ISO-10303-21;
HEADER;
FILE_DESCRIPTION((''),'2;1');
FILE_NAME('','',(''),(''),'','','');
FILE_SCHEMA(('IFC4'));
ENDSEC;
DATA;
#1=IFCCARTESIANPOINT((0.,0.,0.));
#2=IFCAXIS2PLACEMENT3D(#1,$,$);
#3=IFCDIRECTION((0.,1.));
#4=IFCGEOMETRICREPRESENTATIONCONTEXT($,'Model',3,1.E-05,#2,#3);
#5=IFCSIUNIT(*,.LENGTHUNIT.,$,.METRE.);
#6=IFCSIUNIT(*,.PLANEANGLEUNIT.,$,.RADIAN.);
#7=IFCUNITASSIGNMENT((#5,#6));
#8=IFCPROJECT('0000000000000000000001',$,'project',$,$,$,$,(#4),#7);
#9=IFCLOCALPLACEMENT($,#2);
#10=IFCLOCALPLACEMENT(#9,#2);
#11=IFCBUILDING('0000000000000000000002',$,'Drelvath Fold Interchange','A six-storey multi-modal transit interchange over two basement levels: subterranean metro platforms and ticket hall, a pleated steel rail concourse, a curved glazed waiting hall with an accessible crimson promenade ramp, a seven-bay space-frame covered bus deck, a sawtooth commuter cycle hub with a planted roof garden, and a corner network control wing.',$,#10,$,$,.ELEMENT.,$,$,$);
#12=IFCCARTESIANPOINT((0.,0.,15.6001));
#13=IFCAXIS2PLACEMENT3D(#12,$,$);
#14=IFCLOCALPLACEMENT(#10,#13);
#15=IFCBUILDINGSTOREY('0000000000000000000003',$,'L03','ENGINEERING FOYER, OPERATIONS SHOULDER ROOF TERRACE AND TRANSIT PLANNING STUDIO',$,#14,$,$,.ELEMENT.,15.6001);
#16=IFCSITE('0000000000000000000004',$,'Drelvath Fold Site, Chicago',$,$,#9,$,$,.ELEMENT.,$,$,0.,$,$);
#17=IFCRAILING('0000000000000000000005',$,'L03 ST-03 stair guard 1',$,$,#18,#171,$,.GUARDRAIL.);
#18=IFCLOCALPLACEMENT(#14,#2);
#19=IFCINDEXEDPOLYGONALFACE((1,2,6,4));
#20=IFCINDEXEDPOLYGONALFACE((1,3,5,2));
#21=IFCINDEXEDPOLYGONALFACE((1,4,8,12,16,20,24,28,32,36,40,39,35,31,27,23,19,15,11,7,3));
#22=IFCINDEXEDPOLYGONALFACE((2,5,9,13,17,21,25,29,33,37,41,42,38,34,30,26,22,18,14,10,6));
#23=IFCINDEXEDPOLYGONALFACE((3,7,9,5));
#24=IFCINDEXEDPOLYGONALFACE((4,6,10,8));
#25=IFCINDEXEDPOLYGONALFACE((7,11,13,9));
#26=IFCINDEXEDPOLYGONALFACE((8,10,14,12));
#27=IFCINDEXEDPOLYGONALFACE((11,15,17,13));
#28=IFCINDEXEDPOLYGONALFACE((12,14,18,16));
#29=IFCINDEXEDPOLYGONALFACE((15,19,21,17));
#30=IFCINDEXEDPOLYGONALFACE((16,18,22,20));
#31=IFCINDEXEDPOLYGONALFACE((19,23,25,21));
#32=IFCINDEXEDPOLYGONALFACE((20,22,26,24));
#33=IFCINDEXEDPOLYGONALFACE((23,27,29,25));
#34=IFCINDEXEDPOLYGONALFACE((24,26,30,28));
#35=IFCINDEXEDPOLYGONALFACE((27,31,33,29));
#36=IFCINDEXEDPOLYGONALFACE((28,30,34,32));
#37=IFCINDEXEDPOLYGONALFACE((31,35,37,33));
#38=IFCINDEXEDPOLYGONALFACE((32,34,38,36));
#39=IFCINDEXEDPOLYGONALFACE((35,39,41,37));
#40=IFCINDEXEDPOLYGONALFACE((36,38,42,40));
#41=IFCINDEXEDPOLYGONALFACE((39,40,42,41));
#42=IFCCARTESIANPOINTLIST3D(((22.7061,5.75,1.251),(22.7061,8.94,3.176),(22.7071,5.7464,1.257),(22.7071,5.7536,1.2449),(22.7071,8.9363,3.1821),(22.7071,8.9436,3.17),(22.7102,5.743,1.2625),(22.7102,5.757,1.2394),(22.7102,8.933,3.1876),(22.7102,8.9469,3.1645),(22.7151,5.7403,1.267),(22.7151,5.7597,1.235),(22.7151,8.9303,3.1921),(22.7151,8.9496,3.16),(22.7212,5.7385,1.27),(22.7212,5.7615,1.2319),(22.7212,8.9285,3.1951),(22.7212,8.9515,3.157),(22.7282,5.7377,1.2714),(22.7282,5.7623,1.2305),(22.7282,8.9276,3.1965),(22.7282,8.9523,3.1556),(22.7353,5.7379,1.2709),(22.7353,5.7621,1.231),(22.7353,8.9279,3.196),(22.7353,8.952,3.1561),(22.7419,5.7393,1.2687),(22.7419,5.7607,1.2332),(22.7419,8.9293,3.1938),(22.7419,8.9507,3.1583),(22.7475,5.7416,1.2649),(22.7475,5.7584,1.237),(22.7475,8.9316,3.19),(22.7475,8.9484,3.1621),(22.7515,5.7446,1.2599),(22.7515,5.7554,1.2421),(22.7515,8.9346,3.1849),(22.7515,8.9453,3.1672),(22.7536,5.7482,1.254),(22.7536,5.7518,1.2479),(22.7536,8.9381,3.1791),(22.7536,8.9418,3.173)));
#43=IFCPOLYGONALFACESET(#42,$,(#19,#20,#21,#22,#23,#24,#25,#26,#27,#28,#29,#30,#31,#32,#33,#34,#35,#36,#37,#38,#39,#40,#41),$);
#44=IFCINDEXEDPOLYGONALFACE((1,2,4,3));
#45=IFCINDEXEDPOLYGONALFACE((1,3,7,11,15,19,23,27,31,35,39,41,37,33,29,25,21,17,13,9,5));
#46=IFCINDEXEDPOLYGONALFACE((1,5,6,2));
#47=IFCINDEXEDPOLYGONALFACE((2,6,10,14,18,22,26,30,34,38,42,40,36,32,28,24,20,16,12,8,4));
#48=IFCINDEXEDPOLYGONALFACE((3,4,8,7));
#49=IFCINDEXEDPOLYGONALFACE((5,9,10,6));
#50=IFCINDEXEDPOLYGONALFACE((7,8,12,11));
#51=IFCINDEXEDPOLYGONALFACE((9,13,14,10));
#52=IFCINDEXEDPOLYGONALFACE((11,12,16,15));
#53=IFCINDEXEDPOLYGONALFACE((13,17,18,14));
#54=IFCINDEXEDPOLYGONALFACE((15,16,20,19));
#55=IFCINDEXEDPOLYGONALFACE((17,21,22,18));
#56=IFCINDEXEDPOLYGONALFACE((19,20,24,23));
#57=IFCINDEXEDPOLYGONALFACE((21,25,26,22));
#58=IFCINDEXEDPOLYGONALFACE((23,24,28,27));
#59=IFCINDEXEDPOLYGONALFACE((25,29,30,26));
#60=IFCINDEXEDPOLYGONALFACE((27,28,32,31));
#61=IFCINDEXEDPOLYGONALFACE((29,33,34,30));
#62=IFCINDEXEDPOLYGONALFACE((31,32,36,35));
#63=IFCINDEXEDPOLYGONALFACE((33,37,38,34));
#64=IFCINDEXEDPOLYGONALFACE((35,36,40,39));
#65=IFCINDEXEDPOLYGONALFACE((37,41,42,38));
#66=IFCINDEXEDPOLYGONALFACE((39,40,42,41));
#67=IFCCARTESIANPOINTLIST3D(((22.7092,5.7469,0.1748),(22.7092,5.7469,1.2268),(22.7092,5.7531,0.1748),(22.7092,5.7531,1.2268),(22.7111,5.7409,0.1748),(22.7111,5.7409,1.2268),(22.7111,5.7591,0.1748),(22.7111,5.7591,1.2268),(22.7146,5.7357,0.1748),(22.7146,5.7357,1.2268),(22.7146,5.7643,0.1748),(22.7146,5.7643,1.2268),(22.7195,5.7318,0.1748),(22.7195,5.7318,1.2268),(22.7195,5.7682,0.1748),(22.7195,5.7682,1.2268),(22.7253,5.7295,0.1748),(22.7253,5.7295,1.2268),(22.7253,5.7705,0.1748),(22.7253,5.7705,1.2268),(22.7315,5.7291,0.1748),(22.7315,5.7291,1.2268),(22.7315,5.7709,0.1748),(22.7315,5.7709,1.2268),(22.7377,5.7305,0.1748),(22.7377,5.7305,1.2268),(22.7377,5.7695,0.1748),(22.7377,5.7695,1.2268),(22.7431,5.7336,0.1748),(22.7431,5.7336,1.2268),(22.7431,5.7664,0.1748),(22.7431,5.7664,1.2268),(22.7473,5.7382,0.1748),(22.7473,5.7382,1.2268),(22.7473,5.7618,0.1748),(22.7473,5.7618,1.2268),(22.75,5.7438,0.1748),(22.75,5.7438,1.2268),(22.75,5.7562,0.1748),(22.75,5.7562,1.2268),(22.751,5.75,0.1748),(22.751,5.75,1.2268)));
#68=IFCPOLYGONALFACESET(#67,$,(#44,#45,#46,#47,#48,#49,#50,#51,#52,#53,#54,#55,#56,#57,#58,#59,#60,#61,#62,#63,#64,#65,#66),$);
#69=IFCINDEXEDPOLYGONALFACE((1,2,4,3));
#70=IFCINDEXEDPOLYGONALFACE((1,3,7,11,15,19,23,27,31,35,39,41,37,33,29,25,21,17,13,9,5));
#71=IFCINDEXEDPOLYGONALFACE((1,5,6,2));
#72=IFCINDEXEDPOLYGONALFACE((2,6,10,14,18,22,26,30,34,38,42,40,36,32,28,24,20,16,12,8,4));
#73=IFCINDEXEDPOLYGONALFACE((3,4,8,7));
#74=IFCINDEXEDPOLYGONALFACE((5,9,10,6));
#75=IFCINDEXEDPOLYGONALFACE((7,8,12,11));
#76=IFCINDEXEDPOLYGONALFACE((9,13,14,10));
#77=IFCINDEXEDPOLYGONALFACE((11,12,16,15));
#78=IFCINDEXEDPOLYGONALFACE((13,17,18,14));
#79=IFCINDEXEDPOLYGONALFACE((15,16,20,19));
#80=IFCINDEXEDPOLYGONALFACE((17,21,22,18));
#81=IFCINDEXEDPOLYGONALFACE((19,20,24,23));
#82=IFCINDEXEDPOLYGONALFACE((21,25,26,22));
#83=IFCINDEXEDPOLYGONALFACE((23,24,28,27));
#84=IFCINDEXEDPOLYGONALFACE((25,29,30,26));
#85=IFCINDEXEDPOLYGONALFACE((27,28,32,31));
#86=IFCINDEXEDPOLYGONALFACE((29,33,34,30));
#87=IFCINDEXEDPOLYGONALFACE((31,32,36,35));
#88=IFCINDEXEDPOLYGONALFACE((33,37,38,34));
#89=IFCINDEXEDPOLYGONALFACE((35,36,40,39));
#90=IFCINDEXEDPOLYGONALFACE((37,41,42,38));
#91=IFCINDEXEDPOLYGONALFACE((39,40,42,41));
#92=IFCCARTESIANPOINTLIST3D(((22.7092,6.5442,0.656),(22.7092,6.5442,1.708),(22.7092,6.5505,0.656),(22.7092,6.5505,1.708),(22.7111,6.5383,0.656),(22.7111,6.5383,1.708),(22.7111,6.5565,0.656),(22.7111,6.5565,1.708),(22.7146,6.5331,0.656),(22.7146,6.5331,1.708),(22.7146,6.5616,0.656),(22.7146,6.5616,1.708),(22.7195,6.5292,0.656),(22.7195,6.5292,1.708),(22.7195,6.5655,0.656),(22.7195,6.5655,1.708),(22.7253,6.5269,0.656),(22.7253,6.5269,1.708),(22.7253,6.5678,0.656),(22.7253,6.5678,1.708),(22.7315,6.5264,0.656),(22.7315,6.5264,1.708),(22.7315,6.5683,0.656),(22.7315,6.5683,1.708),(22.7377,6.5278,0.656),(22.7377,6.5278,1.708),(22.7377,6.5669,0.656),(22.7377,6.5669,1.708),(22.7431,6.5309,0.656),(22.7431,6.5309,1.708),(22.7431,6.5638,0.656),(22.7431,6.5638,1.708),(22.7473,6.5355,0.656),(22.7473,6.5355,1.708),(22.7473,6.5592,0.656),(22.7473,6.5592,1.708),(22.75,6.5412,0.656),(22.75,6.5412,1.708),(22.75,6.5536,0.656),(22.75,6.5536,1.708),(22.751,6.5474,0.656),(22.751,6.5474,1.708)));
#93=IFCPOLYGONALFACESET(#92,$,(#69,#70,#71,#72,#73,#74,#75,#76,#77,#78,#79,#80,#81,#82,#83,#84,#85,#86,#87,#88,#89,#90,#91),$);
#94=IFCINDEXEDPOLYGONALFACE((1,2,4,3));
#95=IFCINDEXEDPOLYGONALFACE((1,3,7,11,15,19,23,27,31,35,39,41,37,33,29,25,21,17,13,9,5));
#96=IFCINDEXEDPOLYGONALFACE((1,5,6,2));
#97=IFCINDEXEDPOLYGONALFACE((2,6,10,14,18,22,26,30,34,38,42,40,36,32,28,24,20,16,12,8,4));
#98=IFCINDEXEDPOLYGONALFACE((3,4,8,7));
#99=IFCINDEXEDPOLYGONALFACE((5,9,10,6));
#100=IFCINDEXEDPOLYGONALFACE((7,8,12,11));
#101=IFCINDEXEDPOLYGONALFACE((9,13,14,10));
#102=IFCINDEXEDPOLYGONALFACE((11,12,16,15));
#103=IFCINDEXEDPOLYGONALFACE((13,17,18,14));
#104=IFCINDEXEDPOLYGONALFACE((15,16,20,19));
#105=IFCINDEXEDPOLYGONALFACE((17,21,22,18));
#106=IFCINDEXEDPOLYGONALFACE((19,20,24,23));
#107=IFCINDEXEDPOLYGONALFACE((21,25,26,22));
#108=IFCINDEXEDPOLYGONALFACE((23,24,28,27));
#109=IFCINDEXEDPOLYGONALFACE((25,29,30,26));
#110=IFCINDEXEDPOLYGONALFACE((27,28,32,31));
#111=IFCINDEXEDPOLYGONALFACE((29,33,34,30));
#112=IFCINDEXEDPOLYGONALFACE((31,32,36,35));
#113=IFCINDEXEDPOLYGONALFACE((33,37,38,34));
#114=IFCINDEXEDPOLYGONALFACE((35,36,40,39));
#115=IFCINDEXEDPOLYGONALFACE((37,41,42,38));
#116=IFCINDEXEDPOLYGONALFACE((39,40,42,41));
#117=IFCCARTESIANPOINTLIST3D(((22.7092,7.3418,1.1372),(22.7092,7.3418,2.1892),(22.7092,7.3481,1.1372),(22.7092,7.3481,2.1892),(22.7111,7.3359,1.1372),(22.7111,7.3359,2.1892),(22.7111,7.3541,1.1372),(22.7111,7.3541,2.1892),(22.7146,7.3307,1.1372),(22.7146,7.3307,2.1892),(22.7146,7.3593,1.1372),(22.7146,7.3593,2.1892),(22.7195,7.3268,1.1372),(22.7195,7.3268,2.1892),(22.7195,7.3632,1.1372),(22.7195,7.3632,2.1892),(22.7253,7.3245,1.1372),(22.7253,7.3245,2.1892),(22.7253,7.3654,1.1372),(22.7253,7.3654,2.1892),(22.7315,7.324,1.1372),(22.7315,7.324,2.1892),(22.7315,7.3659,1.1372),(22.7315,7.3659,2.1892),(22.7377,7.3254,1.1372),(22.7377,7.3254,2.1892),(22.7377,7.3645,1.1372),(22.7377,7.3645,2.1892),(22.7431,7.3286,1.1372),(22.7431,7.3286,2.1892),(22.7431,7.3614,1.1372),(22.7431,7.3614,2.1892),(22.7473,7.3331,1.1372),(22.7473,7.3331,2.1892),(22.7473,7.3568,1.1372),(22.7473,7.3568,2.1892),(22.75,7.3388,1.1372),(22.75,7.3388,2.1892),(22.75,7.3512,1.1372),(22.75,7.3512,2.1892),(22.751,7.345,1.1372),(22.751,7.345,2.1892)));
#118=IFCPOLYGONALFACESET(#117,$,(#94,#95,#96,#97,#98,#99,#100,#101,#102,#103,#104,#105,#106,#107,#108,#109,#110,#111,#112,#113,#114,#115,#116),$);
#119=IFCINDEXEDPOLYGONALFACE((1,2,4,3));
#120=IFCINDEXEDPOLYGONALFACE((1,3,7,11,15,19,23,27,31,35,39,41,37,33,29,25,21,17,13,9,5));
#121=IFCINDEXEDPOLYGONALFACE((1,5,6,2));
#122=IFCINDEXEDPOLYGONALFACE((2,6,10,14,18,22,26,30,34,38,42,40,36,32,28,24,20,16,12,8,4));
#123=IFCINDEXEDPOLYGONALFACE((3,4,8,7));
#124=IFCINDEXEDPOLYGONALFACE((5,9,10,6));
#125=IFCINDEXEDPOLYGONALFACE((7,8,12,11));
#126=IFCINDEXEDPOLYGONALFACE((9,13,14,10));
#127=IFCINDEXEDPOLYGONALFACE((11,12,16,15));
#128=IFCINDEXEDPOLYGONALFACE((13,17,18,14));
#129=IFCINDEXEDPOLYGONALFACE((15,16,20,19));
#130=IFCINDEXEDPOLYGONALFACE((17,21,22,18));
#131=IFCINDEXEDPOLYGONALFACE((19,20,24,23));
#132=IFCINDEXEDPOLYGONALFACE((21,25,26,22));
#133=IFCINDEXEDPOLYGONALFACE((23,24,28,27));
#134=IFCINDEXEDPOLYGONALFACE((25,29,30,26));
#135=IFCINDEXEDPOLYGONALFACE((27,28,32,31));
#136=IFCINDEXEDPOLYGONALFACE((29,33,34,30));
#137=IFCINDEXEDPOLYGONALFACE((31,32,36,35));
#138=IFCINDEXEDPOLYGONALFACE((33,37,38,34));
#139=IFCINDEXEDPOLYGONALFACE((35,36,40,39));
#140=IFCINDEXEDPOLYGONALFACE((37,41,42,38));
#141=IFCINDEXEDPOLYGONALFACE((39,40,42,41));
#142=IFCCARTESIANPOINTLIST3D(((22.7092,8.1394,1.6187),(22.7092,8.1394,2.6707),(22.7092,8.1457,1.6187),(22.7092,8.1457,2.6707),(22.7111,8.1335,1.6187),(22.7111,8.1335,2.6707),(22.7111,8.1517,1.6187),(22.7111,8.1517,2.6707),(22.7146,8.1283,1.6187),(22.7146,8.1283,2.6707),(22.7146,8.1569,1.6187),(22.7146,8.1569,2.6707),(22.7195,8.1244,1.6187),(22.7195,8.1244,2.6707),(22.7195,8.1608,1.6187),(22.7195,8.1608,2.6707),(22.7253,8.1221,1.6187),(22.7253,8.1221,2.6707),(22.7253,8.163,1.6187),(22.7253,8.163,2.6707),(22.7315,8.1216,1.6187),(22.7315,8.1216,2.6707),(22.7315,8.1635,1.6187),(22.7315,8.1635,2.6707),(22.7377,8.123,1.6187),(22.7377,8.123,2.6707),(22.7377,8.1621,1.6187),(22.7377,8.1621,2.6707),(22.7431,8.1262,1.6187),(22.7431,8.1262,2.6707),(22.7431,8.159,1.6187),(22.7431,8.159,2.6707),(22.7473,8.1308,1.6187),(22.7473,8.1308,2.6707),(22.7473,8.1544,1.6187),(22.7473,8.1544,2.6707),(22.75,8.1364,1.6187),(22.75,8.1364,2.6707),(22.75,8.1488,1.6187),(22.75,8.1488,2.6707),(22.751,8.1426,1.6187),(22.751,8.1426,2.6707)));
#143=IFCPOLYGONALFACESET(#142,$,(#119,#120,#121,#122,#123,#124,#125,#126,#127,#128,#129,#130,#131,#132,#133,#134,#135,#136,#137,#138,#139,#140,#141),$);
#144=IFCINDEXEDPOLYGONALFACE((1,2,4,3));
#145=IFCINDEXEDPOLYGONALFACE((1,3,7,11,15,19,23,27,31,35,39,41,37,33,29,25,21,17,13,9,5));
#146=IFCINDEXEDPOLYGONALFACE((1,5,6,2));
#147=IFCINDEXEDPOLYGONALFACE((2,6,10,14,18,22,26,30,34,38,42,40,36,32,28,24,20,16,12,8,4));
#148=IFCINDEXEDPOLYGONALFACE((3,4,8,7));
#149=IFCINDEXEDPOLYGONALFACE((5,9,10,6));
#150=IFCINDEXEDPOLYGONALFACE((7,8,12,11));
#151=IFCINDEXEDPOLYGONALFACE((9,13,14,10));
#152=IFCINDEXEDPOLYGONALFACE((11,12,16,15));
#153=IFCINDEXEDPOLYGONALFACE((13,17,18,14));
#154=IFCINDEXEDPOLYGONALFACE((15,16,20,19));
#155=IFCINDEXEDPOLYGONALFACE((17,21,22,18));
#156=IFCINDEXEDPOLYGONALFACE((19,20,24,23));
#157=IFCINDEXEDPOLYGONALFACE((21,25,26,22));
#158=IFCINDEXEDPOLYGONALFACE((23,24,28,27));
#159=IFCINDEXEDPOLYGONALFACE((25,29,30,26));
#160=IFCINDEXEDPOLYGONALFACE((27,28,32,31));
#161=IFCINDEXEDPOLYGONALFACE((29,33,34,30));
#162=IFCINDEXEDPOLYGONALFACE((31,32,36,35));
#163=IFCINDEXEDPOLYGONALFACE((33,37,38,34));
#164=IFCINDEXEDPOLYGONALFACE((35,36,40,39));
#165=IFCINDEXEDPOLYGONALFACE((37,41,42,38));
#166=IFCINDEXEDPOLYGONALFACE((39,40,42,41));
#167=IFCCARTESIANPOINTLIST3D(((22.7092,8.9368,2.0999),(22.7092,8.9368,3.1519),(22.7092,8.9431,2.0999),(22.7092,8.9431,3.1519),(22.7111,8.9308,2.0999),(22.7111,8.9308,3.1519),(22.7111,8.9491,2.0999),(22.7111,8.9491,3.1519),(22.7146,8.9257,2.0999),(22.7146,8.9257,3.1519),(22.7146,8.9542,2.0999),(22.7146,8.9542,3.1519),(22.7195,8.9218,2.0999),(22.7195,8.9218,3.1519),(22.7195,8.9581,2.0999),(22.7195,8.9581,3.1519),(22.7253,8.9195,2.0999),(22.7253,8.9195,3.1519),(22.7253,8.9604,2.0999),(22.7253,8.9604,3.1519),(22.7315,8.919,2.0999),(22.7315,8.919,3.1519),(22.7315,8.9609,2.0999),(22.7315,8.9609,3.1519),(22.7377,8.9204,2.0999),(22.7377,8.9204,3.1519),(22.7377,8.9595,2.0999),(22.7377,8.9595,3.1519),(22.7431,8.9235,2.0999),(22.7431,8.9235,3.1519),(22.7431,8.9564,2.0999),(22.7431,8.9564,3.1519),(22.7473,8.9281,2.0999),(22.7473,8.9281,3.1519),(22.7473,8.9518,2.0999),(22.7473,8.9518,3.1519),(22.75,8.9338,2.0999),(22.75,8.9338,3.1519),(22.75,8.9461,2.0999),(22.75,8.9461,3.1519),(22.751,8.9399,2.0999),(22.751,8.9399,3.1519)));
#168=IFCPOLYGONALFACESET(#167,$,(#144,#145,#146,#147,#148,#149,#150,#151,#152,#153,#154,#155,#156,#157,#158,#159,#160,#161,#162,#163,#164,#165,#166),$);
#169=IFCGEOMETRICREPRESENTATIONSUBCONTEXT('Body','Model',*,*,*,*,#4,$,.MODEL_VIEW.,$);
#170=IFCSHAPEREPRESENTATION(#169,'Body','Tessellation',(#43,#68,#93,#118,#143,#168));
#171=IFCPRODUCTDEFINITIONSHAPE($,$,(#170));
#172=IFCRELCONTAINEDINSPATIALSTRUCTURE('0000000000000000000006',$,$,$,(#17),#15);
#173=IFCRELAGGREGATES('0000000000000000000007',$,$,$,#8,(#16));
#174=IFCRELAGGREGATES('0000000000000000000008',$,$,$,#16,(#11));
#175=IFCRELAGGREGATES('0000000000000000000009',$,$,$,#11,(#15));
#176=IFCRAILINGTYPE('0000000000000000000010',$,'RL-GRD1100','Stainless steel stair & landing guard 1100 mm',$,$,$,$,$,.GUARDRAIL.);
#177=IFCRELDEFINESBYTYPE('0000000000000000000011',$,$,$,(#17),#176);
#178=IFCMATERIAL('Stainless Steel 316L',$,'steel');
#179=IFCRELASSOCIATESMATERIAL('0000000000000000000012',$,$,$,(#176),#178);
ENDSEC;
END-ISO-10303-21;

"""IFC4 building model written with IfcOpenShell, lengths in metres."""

from ifc_helpers import new_model, si_unit, direction, frame, origin, origin_2d, place, context, subcontext, project, spatial, circle, extrude, material, type_object, element, save


model = new_model("IFC4")

# Units and contexts
model_context = context("Model", 3, precision=1e-05, world=origin(), true_north=direction((0.0, 1.0)))
body_context = subcontext(model_context, "Body", "Model", "MODEL_VIEW")
ifc_project = project(units=[si_unit("LENGTHUNIT", "METRE"), si_unit("PLANEANGLEUNIT", "RADIAN")], contexts=[model_context])

# Site, building, storey
site_placement = place(None, origin())
site = spatial("IfcSite", under=ifc_project, at=site_placement, Name="Drelvath Fold Site, Chicago", CompositionType="ELEMENT", RefElevation=0.0)
building_placement = place(site_placement, origin())
building = spatial("IfcBuilding", under=site, at=building_placement, Name="Drelvath Fold Interchange", Description="A six-storey multi-modal transit interchange over two basement levels: subterranean metro platforms and ticket hall, a pleated steel rail concourse, a curved glazed waiting hall with an accessible crimson promenade ramp, a seven-bay space-frame covered bus deck, a sawtooth commuter cycle hub with a planted roof garden, and a corner network control wing.", CompositionType="ELEMENT")
storey_placement = place(building_placement, frame((0.0, 0.0, 15.6001)))
storey = spatial("IfcBuildingStorey", under=building, at=storey_placement, Name="L03", Description="ENGINEERING FOYER, OPERATIONS SHOULDER ROOF TERRACE AND TRANSIT PLANNING STUDIO", CompositionType="ELEMENT", Elevation=15.6001)

# Railing
ifc_material_1 = material(Name="Stainless Steel 316L", Category="steel")
railing_type_1 = type_object("IfcRailingType", Name="RL-GRD1100", Description="Stainless steel stair & landing guard 1100 mm", PredefinedType="GUARDRAIL", material=ifc_material_1)
railing_1_placement = place(storey_placement, frame((22.73, 5.75, 0.1748)))
element("IfcRailing", 1, at=railing_1_placement, inside=storey, type_object=railing_type_1, Name="L03 ST-03 stair guard 1", PredefinedType="GUARDRAIL", context=body_context, shape_type="SweptSolid", body=[
    extrude(circle(Radius=0.0239, at=origin_2d()), frame((0.0, 0.0, 1.0762), z_axis=(0.0, 0.856178, 0.516682), x_axis=(-1.0, 0.0, 0.0)), (0.0, 0.0, 1.0), 3.7258),
    extrude(circle(Radius=0.021, at=origin_2d()), origin(), (0.0, 0.0, 1.0), 1.052),
    extrude(circle(Radius=0.021, at=origin_2d()), frame((0.0, 0.7974, 0.4812)), (0.0, 0.0, 1.0), 1.052),
    extrude(circle(Radius=0.021, at=origin_2d()), frame((0.0, 1.595, 0.9624)), (0.0, 0.0, 1.0), 1.052),
    extrude(circle(Radius=0.021, at=origin_2d()), frame((0.0, 2.3926, 1.4438)), (0.0, 0.0, 1.0), 1.052),
    extrude(circle(Radius=0.021, at=origin_2d()), frame((0.0, 3.1899, 1.925)), (0.0, 0.0, 1.0), 1.052),
])

save(model, "model.ifc")
